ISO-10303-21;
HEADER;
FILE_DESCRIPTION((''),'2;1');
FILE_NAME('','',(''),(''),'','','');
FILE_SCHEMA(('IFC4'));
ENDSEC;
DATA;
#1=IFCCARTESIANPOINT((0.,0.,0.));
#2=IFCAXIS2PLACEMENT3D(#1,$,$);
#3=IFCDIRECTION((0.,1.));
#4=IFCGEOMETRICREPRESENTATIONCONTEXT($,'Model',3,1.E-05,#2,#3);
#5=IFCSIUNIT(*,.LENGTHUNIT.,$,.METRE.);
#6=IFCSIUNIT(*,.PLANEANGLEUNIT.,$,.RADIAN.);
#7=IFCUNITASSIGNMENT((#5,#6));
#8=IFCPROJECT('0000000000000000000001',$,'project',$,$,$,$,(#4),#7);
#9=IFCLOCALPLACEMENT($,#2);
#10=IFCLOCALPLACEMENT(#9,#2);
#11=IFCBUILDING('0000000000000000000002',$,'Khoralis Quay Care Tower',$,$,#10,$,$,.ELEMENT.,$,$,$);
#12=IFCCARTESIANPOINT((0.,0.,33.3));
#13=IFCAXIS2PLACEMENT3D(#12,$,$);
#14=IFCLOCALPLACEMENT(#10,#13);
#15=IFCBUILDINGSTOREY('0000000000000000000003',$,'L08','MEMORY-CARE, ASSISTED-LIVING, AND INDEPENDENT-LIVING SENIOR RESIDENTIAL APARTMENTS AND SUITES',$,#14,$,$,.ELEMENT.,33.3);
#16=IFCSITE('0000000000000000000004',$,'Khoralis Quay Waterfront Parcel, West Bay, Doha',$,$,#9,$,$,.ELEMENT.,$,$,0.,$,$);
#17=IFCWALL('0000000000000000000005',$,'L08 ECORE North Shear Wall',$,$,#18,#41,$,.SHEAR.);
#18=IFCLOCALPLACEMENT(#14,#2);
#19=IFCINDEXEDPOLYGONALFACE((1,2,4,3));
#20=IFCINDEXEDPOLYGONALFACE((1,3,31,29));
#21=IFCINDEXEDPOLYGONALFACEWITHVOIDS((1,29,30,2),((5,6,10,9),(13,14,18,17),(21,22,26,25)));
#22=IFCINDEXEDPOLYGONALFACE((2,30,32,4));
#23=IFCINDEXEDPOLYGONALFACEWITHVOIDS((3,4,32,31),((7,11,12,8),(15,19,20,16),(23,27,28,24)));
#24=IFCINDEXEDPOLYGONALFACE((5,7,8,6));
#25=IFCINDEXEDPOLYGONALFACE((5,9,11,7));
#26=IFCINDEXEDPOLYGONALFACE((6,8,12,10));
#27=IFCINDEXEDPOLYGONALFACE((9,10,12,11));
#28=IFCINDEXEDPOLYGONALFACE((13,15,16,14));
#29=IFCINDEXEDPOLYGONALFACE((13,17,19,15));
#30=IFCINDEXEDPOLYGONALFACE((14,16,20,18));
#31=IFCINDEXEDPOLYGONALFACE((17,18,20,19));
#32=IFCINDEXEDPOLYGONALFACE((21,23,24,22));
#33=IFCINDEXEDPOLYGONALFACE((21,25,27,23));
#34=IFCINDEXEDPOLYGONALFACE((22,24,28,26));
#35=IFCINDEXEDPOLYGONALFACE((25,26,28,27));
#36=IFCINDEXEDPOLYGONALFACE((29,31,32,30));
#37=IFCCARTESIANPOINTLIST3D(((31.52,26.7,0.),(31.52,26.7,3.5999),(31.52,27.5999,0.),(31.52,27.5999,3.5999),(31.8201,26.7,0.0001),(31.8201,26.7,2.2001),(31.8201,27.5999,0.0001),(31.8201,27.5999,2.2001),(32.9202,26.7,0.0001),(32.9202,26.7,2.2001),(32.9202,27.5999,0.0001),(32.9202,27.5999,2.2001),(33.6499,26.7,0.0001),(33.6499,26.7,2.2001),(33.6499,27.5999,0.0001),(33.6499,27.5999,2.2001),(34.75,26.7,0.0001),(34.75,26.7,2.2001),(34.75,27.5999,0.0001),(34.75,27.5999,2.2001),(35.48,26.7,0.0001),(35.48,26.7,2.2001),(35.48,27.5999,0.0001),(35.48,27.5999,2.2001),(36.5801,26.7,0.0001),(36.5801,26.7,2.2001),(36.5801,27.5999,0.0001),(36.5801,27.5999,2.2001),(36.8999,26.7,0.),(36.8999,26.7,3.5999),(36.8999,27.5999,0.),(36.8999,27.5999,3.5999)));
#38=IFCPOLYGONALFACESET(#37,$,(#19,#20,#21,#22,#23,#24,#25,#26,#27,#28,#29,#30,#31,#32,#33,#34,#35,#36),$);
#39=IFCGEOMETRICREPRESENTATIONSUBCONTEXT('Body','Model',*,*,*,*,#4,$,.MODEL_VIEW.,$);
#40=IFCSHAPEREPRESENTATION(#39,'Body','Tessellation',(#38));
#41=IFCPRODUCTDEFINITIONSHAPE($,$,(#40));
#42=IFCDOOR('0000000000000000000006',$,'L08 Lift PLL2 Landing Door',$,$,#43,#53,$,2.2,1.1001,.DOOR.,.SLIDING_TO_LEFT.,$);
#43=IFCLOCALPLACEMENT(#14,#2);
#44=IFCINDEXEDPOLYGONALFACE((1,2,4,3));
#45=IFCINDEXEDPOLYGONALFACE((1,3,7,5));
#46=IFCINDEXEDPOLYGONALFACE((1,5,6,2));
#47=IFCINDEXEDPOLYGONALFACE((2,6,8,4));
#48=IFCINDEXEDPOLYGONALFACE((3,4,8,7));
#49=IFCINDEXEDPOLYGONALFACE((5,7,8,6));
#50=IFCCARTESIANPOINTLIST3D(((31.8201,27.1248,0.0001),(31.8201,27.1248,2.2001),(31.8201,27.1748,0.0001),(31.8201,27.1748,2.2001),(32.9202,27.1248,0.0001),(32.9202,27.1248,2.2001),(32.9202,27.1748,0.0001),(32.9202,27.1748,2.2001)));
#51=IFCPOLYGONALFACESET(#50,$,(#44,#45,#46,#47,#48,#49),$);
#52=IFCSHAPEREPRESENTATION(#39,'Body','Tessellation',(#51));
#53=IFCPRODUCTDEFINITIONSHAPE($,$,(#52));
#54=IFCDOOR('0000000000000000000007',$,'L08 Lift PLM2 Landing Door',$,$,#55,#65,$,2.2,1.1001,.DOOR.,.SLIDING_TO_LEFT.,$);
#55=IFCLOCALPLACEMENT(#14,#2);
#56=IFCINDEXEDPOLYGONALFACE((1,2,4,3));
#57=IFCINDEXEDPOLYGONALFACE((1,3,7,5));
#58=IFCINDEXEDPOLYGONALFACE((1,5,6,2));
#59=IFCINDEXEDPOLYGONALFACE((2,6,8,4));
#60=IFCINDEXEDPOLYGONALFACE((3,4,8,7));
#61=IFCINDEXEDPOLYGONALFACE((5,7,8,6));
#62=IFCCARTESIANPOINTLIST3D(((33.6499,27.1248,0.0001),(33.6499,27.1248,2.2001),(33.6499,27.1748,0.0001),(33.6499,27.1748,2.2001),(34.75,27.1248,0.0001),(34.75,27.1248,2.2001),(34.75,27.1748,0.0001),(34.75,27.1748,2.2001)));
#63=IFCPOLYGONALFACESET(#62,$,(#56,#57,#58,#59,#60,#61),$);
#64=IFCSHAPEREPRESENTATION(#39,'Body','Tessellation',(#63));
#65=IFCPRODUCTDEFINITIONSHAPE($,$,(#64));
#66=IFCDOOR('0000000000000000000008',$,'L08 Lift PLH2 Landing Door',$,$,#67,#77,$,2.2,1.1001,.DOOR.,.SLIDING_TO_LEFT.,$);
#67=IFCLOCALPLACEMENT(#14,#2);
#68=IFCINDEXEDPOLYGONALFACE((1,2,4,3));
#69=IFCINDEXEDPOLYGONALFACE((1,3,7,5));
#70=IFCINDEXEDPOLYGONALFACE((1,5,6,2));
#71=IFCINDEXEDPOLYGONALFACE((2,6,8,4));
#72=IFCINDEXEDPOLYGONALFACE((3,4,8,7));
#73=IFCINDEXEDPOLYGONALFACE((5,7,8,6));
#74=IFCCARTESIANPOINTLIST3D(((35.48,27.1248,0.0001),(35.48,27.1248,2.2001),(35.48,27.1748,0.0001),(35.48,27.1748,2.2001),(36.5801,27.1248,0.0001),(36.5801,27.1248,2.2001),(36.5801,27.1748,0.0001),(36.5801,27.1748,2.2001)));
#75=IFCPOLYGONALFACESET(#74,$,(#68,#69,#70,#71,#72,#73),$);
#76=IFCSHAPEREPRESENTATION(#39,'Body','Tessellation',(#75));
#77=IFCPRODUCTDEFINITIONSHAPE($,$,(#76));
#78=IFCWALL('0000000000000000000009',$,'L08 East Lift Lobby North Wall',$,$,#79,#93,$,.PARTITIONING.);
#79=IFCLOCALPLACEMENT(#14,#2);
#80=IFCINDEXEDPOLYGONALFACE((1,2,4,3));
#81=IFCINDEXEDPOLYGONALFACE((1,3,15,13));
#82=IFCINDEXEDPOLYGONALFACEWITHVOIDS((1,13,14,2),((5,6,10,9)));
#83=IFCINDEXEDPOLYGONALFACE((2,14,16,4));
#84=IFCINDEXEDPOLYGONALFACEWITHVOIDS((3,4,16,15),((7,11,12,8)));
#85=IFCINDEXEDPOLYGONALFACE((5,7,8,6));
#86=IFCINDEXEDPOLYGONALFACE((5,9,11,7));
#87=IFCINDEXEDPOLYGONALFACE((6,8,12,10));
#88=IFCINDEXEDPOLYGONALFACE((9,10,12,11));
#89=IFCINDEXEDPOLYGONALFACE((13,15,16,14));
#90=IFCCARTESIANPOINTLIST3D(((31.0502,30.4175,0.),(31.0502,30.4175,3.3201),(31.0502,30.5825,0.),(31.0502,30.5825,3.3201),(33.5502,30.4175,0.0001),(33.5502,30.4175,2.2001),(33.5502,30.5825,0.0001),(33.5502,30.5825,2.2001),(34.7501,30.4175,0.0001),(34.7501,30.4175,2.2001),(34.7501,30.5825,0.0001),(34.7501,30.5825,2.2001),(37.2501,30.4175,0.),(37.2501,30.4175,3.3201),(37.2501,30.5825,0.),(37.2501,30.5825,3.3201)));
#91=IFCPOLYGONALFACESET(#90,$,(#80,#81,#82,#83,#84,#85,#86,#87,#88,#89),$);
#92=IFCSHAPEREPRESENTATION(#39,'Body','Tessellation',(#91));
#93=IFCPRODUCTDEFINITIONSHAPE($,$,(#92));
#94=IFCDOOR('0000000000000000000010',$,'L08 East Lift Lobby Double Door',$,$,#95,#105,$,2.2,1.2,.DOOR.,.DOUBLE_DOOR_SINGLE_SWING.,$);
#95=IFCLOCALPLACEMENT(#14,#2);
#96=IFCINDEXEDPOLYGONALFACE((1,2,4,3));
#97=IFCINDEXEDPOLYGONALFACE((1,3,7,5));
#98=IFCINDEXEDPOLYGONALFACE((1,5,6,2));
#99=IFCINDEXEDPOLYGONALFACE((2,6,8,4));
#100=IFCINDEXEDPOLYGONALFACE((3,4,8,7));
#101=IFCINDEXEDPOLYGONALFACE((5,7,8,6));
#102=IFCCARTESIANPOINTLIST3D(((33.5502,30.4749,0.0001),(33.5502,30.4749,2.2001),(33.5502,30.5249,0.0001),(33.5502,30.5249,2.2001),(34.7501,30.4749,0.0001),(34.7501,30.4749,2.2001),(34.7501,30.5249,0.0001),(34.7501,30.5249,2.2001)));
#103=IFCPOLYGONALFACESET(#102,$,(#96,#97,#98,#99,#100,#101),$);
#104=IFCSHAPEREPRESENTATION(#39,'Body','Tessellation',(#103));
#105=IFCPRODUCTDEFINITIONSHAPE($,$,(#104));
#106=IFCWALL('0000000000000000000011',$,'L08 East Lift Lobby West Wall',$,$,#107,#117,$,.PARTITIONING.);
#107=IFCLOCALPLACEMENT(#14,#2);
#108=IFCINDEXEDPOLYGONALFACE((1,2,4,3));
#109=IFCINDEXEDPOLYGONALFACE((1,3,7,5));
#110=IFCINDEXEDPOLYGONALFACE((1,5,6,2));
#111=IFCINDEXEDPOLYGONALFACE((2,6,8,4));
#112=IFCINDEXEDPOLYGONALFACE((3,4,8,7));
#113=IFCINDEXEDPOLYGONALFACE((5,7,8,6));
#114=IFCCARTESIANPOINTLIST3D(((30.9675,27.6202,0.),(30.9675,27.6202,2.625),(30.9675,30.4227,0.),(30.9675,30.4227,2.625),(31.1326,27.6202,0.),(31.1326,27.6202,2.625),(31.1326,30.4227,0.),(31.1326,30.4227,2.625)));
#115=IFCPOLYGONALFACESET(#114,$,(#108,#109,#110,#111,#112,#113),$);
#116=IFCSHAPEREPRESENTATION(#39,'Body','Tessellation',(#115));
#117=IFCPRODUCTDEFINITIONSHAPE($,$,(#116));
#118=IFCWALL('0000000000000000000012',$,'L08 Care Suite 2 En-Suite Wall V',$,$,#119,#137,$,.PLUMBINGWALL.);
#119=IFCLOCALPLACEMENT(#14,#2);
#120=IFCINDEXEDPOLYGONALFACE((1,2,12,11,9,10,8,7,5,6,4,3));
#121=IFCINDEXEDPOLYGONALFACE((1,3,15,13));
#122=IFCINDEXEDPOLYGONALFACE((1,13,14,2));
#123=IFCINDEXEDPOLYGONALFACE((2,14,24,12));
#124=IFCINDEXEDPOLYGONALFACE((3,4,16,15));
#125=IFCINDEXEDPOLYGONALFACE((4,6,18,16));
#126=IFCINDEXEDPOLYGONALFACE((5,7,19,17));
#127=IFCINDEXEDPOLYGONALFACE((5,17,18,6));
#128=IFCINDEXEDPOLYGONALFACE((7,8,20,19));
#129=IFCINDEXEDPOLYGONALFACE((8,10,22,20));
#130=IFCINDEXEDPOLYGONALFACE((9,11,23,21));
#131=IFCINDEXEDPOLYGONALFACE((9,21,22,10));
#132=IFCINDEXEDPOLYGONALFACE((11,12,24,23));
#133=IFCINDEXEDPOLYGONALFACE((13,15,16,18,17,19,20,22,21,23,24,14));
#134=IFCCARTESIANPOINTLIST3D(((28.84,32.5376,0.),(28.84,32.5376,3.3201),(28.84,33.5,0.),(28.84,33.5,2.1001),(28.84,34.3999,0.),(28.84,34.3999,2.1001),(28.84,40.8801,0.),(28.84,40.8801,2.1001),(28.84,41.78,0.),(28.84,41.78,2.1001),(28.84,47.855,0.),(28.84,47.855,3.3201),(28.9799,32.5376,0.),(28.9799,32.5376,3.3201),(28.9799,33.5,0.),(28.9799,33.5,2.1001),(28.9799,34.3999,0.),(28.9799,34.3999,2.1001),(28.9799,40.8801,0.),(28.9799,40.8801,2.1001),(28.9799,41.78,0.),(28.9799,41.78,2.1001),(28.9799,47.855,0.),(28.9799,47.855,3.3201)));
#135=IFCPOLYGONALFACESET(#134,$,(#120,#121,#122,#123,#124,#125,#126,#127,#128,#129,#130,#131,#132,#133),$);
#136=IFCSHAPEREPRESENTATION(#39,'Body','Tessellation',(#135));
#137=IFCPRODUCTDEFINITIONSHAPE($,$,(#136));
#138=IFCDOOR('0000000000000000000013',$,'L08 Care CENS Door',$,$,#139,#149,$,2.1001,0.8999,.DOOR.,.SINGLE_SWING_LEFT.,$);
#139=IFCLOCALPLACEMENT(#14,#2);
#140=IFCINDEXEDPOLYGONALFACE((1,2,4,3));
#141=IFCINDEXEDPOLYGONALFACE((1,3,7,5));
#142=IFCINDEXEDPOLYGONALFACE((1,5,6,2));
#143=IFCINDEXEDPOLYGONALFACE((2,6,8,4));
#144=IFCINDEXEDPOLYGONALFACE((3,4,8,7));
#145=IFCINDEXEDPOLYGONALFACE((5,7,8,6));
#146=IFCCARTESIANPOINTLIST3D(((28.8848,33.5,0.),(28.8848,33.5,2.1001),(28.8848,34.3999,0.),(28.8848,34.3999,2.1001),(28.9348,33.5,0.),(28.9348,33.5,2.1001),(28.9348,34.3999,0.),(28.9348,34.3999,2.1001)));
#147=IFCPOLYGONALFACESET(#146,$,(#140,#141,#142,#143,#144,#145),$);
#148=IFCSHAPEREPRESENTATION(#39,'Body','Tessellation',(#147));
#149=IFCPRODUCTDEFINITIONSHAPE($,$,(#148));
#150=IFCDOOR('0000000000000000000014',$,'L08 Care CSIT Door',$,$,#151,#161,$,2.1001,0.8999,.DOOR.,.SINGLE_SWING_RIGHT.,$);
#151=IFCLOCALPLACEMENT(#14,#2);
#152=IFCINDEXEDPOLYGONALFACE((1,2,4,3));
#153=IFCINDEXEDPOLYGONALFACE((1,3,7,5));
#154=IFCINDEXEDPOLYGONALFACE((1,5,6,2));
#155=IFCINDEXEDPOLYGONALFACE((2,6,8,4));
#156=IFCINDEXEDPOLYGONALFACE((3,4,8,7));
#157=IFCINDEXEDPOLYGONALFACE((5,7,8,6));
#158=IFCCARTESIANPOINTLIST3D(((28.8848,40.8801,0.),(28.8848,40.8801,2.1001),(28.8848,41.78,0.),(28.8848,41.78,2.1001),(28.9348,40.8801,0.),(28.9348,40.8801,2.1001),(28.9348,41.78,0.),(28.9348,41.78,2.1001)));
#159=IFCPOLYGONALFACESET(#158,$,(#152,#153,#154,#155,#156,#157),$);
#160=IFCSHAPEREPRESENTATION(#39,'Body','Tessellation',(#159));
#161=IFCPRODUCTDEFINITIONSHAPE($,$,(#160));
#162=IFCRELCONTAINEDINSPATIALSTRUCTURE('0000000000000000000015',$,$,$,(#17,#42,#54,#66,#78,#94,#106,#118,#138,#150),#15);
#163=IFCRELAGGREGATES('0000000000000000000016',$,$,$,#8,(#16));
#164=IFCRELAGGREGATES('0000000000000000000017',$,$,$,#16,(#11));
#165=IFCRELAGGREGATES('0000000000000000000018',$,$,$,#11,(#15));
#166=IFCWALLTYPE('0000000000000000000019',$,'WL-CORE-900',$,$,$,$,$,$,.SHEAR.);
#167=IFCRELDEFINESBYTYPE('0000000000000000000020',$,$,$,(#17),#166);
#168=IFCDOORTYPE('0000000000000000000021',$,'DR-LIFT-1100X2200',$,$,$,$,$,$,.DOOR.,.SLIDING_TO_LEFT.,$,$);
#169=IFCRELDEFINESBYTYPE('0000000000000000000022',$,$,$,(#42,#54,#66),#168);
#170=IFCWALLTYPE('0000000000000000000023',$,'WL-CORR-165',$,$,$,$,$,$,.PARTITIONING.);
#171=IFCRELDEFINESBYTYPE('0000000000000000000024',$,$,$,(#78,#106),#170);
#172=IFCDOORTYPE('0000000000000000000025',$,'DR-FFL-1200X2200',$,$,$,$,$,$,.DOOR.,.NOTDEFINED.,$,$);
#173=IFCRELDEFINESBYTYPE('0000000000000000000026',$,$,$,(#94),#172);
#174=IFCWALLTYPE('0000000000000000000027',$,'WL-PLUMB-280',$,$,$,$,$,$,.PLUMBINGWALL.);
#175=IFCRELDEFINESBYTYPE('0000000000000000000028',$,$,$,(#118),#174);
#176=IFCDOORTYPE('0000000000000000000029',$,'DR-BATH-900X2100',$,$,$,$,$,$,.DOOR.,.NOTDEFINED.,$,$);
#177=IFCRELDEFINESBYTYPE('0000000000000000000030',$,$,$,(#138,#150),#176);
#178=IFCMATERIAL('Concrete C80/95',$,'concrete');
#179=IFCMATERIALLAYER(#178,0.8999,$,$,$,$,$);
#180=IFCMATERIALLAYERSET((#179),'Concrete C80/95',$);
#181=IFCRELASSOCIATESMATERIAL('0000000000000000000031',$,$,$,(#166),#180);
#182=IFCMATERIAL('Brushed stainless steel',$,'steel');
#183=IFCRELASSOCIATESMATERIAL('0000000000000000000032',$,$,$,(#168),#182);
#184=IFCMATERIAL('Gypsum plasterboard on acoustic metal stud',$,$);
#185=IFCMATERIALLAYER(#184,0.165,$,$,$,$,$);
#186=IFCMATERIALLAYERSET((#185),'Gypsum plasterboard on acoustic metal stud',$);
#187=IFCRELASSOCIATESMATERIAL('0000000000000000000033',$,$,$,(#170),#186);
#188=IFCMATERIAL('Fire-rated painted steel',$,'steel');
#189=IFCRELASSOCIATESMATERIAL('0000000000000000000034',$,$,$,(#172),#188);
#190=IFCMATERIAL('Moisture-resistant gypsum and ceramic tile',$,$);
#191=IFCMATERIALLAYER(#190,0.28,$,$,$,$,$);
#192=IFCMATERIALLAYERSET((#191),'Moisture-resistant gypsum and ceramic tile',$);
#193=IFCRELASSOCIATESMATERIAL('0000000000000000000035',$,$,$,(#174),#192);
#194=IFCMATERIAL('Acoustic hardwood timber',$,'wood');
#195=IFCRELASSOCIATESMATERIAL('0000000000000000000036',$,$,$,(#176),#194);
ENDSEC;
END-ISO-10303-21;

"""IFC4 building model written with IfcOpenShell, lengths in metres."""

from ifc_helpers import new_model, si_unit, direction, frame, frame_2d, origin, place, context, subcontext, project, spatial, rectangle, extrude, source, transform, mapped, material, layer, layer_set, type_object, element, fill, save


model = new_model("IFC4")

# Units and contexts
model_context = context("Model", 3, precision=1e-05, world=origin(), true_north=direction((0.0, 1.0)))
body_context = subcontext(model_context, "Body", "Model", "MODEL_VIEW")
ifc_project = project(units=[si_unit("LENGTHUNIT", "METRE"), si_unit("PLANEANGLEUNIT", "RADIAN")], contexts=[model_context])

# Site, building, storey
site_placement = place(None, origin())
site = spatial("IfcSite", under=ifc_project, at=site_placement, Name="Khoralis Quay Waterfront Parcel, West Bay, Doha", CompositionType="ELEMENT", RefElevation=0.0)
building_placement = place(site_placement, origin())
building = spatial("IfcBuilding", under=site, at=building_placement, Name="Khoralis Quay Care Tower", CompositionType="ELEMENT")
storey_placement = place(building_placement, frame((0.0, 0.0, 33.3)))
storey = spatial("IfcBuildingStorey", under=building, at=storey_placement, Name="L08", Description="MEMORY-CARE, ASSISTED-LIVING, AND INDEPENDENT-LIVING SENIOR RESIDENTIAL APARTMENTS AND SUITES", CompositionType="ELEMENT", Elevation=33.3)

# Wall, openings, doors
ifc_material_1 = material(Name="Concrete C80/95", Category="concrete")
ifc_layer_1 = layer(ifc_material_1, 0.8999)
ifc_layer_set_1 = layer_set([ifc_layer_1], Name="Concrete C80/95")
wall_type_1 = type_object("IfcWallType", Name="WL-CORE-900", PredefinedType="SHEAR", material=ifc_layer_set_1)
wall_1_placement = place(storey_placement, frame((31.52, 27.1499, 0.0), z_axis=(0.0, 0.0, 1.0), x_axis=(1.0, 0.0, 0.0)))
wall_1 = element("IfcWall", 1, at=wall_1_placement, inside=storey, type_object=wall_type_1, Name="L08 ECORE North Shear Wall", PredefinedType="SHEAR", context=body_context, shape_type="SweptSolid", body=[
    extrude(rectangle(XDim=5.3799, YDim=0.8999, at=frame_2d((2.6899, 0.0))), origin(), (0.0, 0.0, 1.0), 3.5999),
])
opening_1_placement = place(wall_1_placement, frame((0.3, 0.0, 0.0)))
opening_1 = element("IfcOpeningElement", 2, at=opening_1_placement, cuts=wall_1, PredefinedType="OPENING", context=body_context, shape_type="SweptSolid", body=[
    extrude(rectangle(XDim=1.1001, YDim=2.2, at=frame_2d((0.55, 1.1001))), frame((0.0, 0.46, 0.0), z_axis=(0.0, -1.0, 0.0), x_axis=(1.0, 0.0, 0.0)), (0.0, 0.0, 1.0), 0.9199),
])
opening_2_placement = place(wall_1_placement, frame((2.1299, 0.0, 0.0)))
opening_2 = element("IfcOpeningElement", 3, at=opening_2_placement, cuts=wall_1, PredefinedType="OPENING", context=body_context, shape_type="SweptSolid", body=[
    extrude(rectangle(XDim=1.1001, YDim=2.2, at=frame_2d((0.55, 1.1001))), frame((0.0, 0.46, 0.0), z_axis=(0.0, -1.0, 0.0), x_axis=(1.0, 0.0, 0.0)), (0.0, 0.0, 1.0), 0.9199),
])
opening_3_placement = place(wall_1_placement, frame((3.96, 0.0, 0.0)))
opening_3 = element("IfcOpeningElement", 4, at=opening_3_placement, cuts=wall_1, PredefinedType="OPENING", context=body_context, shape_type="SweptSolid", body=[
    extrude(rectangle(XDim=1.1001, YDim=2.2, at=frame_2d((0.55, 1.1001))), frame((0.0, 0.46, 0.0), z_axis=(0.0, -1.0, 0.0), x_axis=(1.0, 0.0, 0.0)), (0.0, 0.0, 1.0), 0.9199),
])
ifc_material_2 = material(Name="Brushed stainless steel", Category="steel")
door_type_1 = type_object("IfcDoorType", Name="DR-LIFT-1100X2200", OperationType="SLIDING_TO_LEFT", PredefinedType="DOOR", material=ifc_material_2)
shared_shape_1 = source(origin(), body_context, "Body", "SweptSolid", [
    extrude(rectangle(XDim=1.1001, YDim=2.2, at=frame_2d((0.55, 1.1001))), frame((0.0, 0.0249, 0.0), z_axis=(0.0, -1.0, 0.0), x_axis=(1.0, 0.0, 0.0)), (0.0, 0.0, 1.0), 0.05),
])
door_1_placement = place(opening_1_placement, origin())
door_1 = element("IfcDoor", 5, at=door_1_placement, inside=storey, type_object=door_type_1, Name="L08 Lift PLL2 Landing Door", OperationType="SLIDING_TO_LEFT", OverallHeight=2.2, OverallWidth=1.1001, PredefinedType="DOOR", context=body_context, shape_type="MappedRepresentation", body=[
    mapped(shared_shape_1, transform((0.0, 0.0, 0.0), scale=1.0)),
])
fill(opening_1, door_1)
door_2_placement = place(opening_2_placement, origin())
door_2 = element("IfcDoor", 6, at=door_2_placement, inside=storey, type_object=door_type_1, Name="L08 Lift PLM2 Landing Door", OperationType="SLIDING_TO_LEFT", OverallHeight=2.2, OverallWidth=1.1001, PredefinedType="DOOR", context=body_context, shape_type="MappedRepresentation", body=[
    mapped(shared_shape_1, transform((0.0, 0.0, 0.0), scale=1.0)),
])
fill(opening_2, door_2)
door_3_placement = place(opening_3_placement, origin())
door_3 = element("IfcDoor", 7, at=door_3_placement, inside=storey, type_object=door_type_1, Name="L08 Lift PLH2 Landing Door", OperationType="SLIDING_TO_LEFT", OverallHeight=2.2, OverallWidth=1.1001, PredefinedType="DOOR", context=body_context, shape_type="MappedRepresentation", body=[
    mapped(shared_shape_1, transform((0.0, 0.0, 0.0), scale=1.0)),
])
fill(opening_3, door_3)

# Wall, opening, door
ifc_material_3 = material(Name="Gypsum plasterboard on acoustic metal stud")
ifc_layer_2 = layer(ifc_material_3, 0.165)
ifc_layer_set_2 = layer_set([ifc_layer_2], Name="Gypsum plasterboard on acoustic metal stud")
wall_type_2 = type_object("IfcWallType", Name="WL-CORR-165", PredefinedType="PARTITIONING", material=ifc_layer_set_2)
wall_2_placement = place(storey_placement, frame((31.05, 30.5, 0.0), z_axis=(0.0, 0.0, 1.0), x_axis=(1.0, 0.0, 0.0)))
wall_2 = element("IfcWall", 8, at=wall_2_placement, inside=storey, type_object=wall_type_2, Name="L08 East Lift Lobby North Wall", PredefinedType="PARTITIONING", context=body_context, shape_type="SweptSolid", body=[
    extrude(rectangle(XDim=6.2, YDim=0.165, at=frame_2d((3.1001, 0.0))), origin(), (0.0, 0.0, 1.0), 3.3201),
])
opening_4_placement = place(wall_2_placement, frame((2.5, 0.0, 0.0)))
opening_4 = element("IfcOpeningElement", 9, at=opening_4_placement, cuts=wall_2, PredefinedType="OPENING", context=body_context, shape_type="SweptSolid", body=[
    extrude(rectangle(XDim=1.2, YDim=2.2, at=frame_2d((0.6001, 1.1001))), frame((0.0, 0.0925, 0.0), z_axis=(0.0, -1.0, 0.0), x_axis=(1.0, 0.0, 0.0)), (0.0, 0.0, 1.0), 0.1851),
])
ifc_material_4 = material(Name="Fire-rated painted steel", Category="steel")
door_type_2 = type_object("IfcDoorType", Name="DR-FFL-1200X2200", OperationType="NOTDEFINED", PredefinedType="DOOR", material=ifc_material_4)
shared_shape_2 = source(origin(), body_context, "Body", "SweptSolid", [
    extrude(rectangle(XDim=1.2, YDim=2.2, at=frame_2d((0.6001, 1.1001))), frame((0.0, 0.0249, 0.0), z_axis=(0.0, -1.0, 0.0), x_axis=(1.0, 0.0, 0.0)), (0.0, 0.0, 1.0), 0.05),
])
door_4_placement = place(opening_4_placement, origin())
door_4 = element("IfcDoor", 10, at=door_4_placement, inside=storey, type_object=door_type_2, Name="L08 East Lift Lobby Double Door", OperationType="DOUBLE_DOOR_SINGLE_SWING", OverallHeight=2.2, OverallWidth=1.2, PredefinedType="DOOR", context=body_context, shape_type="MappedRepresentation", body=[
    mapped(shared_shape_2, transform((0.0, 0.0, 0.0), scale=1.0)),
])
fill(opening_4, door_4)

# Wall
wall_3_placement = place(storey_placement, frame((31.05, 27.6201, 0.0), z_axis=(0.0, 0.0, 1.0), x_axis=(0.0, 1.0, 0.0)))
element("IfcWall", 11, at=wall_3_placement, inside=storey, type_object=wall_type_2, Name="L08 East Lift Lobby West Wall", PredefinedType="PARTITIONING", context=body_context, shape_type="SweptSolid", body=[
    extrude(rectangle(XDim=2.8025, YDim=0.165, at=frame_2d((1.4014, 0.0))), origin(), (0.0, 0.0, 1.0), 2.625),
])

# Wall, openings, doors
ifc_material_5 = material(Name="Moisture-resistant gypsum and ceramic tile")
ifc_layer_3 = layer(ifc_material_5, 0.28)
ifc_layer_set_3 = layer_set([ifc_layer_3], Name="Moisture-resistant gypsum and ceramic tile")
wall_type_3 = type_object("IfcWallType", Name="WL-PLUMB-280", PredefinedType="PLUMBINGWALL", material=ifc_layer_set_3)
wall_4_placement = place(storey_placement, frame((28.9099, 32.5376, 0.0), z_axis=(0.0, 0.0, 1.0), x_axis=(0.0, 1.0, 0.0)))
wall_4 = element("IfcWall", 12, at=wall_4_placement, inside=storey, type_object=wall_type_3, Name="L08 Care Suite 2 En-Suite Wall V", PredefinedType="PLUMBINGWALL", context=body_context, shape_type="SweptSolid", body=[
    extrude(rectangle(XDim=15.3174, YDim=0.1399, at=frame_2d((7.6587, 0.0))), origin(), (0.0, 0.0, 1.0), 3.3201),
])
opening_5_placement = place(wall_4_placement, frame((0.9624, 0.0, 0.0)))
opening_5 = element("IfcOpeningElement", 13, at=opening_5_placement, cuts=wall_4, PredefinedType="OPENING", context=body_context, shape_type="SweptSolid", body=[
    extrude(rectangle(XDim=0.8999, YDim=2.1001, at=frame_2d((0.45, 1.05))), frame((0.0, 0.0801, 0.0), z_axis=(0.0, -1.0, 0.0), x_axis=(1.0, 0.0, 0.0)), (0.0, 0.0, 1.0), 0.1599),
])
opening_6_placement = place(wall_4_placement, frame((8.3425, 0.0, 0.0)))
opening_6 = element("IfcOpeningElement", 14, at=opening_6_placement, cuts=wall_4, PredefinedType="OPENING", context=body_context, shape_type="SweptSolid", body=[
    extrude(rectangle(XDim=0.8999, YDim=2.1001, at=frame_2d((0.45, 1.05))), frame((0.0, 0.0801, 0.0), z_axis=(0.0, -1.0, 0.0), x_axis=(1.0, 0.0, 0.0)), (0.0, 0.0, 1.0), 0.1599),
])
ifc_material_6 = material(Name="Acoustic hardwood timber", Category="wood")
door_type_3 = type_object("IfcDoorType", Name="DR-BATH-900X2100", OperationType="NOTDEFINED", PredefinedType="DOOR", material=ifc_material_6)
shared_shape_3 = source(origin(), body_context, "Body", "SweptSolid", [
    extrude(rectangle(XDim=0.8999, YDim=2.1001, at=frame_2d((0.45, 1.05))), frame((0.0, 0.0249, 0.0), z_axis=(0.0, -1.0, 0.0), x_axis=(1.0, 0.0, 0.0)), (0.0, 0.0, 1.0), 0.05),
])
door_5_placement = place(opening_5_placement, frame((0.8999, 0.0, 0.0), z_axis=(0.0, 0.0, 1.0), x_axis=(-1.0, 0.0, 0.0)))
door_5 = element("IfcDoor", 15, at=door_5_placement, inside=storey, type_object=door_type_3, Name="L08 Care CENS Door", OperationType="SINGLE_SWING_LEFT", OverallHeight=2.1001, OverallWidth=0.8999, PredefinedType="DOOR", context=body_context, shape_type="MappedRepresentation", body=[
    mapped(shared_shape_3, transform((0.0, 0.0, 0.0), scale=1.0)),
])
fill(opening_5, door_5)
door_6_placement = place(opening_6_placement, frame((0.8999, 0.0, 0.0), z_axis=(0.0, 0.0, 1.0), x_axis=(-1.0, 0.0, 0.0)))
door_6 = element("IfcDoor", 16, at=door_6_placement, inside=storey, type_object=door_type_3, Name="L08 Care CSIT Door", OperationType="SINGLE_SWING_RIGHT", OverallHeight=2.1001, OverallWidth=0.8999, PredefinedType="DOOR", context=body_context, shape_type="MappedRepresentation", body=[
    mapped(shared_shape_3, transform((0.0, 0.0, 0.0), scale=1.0)),
])
fill(opening_6, door_6)

save(model, "model.ifc")
